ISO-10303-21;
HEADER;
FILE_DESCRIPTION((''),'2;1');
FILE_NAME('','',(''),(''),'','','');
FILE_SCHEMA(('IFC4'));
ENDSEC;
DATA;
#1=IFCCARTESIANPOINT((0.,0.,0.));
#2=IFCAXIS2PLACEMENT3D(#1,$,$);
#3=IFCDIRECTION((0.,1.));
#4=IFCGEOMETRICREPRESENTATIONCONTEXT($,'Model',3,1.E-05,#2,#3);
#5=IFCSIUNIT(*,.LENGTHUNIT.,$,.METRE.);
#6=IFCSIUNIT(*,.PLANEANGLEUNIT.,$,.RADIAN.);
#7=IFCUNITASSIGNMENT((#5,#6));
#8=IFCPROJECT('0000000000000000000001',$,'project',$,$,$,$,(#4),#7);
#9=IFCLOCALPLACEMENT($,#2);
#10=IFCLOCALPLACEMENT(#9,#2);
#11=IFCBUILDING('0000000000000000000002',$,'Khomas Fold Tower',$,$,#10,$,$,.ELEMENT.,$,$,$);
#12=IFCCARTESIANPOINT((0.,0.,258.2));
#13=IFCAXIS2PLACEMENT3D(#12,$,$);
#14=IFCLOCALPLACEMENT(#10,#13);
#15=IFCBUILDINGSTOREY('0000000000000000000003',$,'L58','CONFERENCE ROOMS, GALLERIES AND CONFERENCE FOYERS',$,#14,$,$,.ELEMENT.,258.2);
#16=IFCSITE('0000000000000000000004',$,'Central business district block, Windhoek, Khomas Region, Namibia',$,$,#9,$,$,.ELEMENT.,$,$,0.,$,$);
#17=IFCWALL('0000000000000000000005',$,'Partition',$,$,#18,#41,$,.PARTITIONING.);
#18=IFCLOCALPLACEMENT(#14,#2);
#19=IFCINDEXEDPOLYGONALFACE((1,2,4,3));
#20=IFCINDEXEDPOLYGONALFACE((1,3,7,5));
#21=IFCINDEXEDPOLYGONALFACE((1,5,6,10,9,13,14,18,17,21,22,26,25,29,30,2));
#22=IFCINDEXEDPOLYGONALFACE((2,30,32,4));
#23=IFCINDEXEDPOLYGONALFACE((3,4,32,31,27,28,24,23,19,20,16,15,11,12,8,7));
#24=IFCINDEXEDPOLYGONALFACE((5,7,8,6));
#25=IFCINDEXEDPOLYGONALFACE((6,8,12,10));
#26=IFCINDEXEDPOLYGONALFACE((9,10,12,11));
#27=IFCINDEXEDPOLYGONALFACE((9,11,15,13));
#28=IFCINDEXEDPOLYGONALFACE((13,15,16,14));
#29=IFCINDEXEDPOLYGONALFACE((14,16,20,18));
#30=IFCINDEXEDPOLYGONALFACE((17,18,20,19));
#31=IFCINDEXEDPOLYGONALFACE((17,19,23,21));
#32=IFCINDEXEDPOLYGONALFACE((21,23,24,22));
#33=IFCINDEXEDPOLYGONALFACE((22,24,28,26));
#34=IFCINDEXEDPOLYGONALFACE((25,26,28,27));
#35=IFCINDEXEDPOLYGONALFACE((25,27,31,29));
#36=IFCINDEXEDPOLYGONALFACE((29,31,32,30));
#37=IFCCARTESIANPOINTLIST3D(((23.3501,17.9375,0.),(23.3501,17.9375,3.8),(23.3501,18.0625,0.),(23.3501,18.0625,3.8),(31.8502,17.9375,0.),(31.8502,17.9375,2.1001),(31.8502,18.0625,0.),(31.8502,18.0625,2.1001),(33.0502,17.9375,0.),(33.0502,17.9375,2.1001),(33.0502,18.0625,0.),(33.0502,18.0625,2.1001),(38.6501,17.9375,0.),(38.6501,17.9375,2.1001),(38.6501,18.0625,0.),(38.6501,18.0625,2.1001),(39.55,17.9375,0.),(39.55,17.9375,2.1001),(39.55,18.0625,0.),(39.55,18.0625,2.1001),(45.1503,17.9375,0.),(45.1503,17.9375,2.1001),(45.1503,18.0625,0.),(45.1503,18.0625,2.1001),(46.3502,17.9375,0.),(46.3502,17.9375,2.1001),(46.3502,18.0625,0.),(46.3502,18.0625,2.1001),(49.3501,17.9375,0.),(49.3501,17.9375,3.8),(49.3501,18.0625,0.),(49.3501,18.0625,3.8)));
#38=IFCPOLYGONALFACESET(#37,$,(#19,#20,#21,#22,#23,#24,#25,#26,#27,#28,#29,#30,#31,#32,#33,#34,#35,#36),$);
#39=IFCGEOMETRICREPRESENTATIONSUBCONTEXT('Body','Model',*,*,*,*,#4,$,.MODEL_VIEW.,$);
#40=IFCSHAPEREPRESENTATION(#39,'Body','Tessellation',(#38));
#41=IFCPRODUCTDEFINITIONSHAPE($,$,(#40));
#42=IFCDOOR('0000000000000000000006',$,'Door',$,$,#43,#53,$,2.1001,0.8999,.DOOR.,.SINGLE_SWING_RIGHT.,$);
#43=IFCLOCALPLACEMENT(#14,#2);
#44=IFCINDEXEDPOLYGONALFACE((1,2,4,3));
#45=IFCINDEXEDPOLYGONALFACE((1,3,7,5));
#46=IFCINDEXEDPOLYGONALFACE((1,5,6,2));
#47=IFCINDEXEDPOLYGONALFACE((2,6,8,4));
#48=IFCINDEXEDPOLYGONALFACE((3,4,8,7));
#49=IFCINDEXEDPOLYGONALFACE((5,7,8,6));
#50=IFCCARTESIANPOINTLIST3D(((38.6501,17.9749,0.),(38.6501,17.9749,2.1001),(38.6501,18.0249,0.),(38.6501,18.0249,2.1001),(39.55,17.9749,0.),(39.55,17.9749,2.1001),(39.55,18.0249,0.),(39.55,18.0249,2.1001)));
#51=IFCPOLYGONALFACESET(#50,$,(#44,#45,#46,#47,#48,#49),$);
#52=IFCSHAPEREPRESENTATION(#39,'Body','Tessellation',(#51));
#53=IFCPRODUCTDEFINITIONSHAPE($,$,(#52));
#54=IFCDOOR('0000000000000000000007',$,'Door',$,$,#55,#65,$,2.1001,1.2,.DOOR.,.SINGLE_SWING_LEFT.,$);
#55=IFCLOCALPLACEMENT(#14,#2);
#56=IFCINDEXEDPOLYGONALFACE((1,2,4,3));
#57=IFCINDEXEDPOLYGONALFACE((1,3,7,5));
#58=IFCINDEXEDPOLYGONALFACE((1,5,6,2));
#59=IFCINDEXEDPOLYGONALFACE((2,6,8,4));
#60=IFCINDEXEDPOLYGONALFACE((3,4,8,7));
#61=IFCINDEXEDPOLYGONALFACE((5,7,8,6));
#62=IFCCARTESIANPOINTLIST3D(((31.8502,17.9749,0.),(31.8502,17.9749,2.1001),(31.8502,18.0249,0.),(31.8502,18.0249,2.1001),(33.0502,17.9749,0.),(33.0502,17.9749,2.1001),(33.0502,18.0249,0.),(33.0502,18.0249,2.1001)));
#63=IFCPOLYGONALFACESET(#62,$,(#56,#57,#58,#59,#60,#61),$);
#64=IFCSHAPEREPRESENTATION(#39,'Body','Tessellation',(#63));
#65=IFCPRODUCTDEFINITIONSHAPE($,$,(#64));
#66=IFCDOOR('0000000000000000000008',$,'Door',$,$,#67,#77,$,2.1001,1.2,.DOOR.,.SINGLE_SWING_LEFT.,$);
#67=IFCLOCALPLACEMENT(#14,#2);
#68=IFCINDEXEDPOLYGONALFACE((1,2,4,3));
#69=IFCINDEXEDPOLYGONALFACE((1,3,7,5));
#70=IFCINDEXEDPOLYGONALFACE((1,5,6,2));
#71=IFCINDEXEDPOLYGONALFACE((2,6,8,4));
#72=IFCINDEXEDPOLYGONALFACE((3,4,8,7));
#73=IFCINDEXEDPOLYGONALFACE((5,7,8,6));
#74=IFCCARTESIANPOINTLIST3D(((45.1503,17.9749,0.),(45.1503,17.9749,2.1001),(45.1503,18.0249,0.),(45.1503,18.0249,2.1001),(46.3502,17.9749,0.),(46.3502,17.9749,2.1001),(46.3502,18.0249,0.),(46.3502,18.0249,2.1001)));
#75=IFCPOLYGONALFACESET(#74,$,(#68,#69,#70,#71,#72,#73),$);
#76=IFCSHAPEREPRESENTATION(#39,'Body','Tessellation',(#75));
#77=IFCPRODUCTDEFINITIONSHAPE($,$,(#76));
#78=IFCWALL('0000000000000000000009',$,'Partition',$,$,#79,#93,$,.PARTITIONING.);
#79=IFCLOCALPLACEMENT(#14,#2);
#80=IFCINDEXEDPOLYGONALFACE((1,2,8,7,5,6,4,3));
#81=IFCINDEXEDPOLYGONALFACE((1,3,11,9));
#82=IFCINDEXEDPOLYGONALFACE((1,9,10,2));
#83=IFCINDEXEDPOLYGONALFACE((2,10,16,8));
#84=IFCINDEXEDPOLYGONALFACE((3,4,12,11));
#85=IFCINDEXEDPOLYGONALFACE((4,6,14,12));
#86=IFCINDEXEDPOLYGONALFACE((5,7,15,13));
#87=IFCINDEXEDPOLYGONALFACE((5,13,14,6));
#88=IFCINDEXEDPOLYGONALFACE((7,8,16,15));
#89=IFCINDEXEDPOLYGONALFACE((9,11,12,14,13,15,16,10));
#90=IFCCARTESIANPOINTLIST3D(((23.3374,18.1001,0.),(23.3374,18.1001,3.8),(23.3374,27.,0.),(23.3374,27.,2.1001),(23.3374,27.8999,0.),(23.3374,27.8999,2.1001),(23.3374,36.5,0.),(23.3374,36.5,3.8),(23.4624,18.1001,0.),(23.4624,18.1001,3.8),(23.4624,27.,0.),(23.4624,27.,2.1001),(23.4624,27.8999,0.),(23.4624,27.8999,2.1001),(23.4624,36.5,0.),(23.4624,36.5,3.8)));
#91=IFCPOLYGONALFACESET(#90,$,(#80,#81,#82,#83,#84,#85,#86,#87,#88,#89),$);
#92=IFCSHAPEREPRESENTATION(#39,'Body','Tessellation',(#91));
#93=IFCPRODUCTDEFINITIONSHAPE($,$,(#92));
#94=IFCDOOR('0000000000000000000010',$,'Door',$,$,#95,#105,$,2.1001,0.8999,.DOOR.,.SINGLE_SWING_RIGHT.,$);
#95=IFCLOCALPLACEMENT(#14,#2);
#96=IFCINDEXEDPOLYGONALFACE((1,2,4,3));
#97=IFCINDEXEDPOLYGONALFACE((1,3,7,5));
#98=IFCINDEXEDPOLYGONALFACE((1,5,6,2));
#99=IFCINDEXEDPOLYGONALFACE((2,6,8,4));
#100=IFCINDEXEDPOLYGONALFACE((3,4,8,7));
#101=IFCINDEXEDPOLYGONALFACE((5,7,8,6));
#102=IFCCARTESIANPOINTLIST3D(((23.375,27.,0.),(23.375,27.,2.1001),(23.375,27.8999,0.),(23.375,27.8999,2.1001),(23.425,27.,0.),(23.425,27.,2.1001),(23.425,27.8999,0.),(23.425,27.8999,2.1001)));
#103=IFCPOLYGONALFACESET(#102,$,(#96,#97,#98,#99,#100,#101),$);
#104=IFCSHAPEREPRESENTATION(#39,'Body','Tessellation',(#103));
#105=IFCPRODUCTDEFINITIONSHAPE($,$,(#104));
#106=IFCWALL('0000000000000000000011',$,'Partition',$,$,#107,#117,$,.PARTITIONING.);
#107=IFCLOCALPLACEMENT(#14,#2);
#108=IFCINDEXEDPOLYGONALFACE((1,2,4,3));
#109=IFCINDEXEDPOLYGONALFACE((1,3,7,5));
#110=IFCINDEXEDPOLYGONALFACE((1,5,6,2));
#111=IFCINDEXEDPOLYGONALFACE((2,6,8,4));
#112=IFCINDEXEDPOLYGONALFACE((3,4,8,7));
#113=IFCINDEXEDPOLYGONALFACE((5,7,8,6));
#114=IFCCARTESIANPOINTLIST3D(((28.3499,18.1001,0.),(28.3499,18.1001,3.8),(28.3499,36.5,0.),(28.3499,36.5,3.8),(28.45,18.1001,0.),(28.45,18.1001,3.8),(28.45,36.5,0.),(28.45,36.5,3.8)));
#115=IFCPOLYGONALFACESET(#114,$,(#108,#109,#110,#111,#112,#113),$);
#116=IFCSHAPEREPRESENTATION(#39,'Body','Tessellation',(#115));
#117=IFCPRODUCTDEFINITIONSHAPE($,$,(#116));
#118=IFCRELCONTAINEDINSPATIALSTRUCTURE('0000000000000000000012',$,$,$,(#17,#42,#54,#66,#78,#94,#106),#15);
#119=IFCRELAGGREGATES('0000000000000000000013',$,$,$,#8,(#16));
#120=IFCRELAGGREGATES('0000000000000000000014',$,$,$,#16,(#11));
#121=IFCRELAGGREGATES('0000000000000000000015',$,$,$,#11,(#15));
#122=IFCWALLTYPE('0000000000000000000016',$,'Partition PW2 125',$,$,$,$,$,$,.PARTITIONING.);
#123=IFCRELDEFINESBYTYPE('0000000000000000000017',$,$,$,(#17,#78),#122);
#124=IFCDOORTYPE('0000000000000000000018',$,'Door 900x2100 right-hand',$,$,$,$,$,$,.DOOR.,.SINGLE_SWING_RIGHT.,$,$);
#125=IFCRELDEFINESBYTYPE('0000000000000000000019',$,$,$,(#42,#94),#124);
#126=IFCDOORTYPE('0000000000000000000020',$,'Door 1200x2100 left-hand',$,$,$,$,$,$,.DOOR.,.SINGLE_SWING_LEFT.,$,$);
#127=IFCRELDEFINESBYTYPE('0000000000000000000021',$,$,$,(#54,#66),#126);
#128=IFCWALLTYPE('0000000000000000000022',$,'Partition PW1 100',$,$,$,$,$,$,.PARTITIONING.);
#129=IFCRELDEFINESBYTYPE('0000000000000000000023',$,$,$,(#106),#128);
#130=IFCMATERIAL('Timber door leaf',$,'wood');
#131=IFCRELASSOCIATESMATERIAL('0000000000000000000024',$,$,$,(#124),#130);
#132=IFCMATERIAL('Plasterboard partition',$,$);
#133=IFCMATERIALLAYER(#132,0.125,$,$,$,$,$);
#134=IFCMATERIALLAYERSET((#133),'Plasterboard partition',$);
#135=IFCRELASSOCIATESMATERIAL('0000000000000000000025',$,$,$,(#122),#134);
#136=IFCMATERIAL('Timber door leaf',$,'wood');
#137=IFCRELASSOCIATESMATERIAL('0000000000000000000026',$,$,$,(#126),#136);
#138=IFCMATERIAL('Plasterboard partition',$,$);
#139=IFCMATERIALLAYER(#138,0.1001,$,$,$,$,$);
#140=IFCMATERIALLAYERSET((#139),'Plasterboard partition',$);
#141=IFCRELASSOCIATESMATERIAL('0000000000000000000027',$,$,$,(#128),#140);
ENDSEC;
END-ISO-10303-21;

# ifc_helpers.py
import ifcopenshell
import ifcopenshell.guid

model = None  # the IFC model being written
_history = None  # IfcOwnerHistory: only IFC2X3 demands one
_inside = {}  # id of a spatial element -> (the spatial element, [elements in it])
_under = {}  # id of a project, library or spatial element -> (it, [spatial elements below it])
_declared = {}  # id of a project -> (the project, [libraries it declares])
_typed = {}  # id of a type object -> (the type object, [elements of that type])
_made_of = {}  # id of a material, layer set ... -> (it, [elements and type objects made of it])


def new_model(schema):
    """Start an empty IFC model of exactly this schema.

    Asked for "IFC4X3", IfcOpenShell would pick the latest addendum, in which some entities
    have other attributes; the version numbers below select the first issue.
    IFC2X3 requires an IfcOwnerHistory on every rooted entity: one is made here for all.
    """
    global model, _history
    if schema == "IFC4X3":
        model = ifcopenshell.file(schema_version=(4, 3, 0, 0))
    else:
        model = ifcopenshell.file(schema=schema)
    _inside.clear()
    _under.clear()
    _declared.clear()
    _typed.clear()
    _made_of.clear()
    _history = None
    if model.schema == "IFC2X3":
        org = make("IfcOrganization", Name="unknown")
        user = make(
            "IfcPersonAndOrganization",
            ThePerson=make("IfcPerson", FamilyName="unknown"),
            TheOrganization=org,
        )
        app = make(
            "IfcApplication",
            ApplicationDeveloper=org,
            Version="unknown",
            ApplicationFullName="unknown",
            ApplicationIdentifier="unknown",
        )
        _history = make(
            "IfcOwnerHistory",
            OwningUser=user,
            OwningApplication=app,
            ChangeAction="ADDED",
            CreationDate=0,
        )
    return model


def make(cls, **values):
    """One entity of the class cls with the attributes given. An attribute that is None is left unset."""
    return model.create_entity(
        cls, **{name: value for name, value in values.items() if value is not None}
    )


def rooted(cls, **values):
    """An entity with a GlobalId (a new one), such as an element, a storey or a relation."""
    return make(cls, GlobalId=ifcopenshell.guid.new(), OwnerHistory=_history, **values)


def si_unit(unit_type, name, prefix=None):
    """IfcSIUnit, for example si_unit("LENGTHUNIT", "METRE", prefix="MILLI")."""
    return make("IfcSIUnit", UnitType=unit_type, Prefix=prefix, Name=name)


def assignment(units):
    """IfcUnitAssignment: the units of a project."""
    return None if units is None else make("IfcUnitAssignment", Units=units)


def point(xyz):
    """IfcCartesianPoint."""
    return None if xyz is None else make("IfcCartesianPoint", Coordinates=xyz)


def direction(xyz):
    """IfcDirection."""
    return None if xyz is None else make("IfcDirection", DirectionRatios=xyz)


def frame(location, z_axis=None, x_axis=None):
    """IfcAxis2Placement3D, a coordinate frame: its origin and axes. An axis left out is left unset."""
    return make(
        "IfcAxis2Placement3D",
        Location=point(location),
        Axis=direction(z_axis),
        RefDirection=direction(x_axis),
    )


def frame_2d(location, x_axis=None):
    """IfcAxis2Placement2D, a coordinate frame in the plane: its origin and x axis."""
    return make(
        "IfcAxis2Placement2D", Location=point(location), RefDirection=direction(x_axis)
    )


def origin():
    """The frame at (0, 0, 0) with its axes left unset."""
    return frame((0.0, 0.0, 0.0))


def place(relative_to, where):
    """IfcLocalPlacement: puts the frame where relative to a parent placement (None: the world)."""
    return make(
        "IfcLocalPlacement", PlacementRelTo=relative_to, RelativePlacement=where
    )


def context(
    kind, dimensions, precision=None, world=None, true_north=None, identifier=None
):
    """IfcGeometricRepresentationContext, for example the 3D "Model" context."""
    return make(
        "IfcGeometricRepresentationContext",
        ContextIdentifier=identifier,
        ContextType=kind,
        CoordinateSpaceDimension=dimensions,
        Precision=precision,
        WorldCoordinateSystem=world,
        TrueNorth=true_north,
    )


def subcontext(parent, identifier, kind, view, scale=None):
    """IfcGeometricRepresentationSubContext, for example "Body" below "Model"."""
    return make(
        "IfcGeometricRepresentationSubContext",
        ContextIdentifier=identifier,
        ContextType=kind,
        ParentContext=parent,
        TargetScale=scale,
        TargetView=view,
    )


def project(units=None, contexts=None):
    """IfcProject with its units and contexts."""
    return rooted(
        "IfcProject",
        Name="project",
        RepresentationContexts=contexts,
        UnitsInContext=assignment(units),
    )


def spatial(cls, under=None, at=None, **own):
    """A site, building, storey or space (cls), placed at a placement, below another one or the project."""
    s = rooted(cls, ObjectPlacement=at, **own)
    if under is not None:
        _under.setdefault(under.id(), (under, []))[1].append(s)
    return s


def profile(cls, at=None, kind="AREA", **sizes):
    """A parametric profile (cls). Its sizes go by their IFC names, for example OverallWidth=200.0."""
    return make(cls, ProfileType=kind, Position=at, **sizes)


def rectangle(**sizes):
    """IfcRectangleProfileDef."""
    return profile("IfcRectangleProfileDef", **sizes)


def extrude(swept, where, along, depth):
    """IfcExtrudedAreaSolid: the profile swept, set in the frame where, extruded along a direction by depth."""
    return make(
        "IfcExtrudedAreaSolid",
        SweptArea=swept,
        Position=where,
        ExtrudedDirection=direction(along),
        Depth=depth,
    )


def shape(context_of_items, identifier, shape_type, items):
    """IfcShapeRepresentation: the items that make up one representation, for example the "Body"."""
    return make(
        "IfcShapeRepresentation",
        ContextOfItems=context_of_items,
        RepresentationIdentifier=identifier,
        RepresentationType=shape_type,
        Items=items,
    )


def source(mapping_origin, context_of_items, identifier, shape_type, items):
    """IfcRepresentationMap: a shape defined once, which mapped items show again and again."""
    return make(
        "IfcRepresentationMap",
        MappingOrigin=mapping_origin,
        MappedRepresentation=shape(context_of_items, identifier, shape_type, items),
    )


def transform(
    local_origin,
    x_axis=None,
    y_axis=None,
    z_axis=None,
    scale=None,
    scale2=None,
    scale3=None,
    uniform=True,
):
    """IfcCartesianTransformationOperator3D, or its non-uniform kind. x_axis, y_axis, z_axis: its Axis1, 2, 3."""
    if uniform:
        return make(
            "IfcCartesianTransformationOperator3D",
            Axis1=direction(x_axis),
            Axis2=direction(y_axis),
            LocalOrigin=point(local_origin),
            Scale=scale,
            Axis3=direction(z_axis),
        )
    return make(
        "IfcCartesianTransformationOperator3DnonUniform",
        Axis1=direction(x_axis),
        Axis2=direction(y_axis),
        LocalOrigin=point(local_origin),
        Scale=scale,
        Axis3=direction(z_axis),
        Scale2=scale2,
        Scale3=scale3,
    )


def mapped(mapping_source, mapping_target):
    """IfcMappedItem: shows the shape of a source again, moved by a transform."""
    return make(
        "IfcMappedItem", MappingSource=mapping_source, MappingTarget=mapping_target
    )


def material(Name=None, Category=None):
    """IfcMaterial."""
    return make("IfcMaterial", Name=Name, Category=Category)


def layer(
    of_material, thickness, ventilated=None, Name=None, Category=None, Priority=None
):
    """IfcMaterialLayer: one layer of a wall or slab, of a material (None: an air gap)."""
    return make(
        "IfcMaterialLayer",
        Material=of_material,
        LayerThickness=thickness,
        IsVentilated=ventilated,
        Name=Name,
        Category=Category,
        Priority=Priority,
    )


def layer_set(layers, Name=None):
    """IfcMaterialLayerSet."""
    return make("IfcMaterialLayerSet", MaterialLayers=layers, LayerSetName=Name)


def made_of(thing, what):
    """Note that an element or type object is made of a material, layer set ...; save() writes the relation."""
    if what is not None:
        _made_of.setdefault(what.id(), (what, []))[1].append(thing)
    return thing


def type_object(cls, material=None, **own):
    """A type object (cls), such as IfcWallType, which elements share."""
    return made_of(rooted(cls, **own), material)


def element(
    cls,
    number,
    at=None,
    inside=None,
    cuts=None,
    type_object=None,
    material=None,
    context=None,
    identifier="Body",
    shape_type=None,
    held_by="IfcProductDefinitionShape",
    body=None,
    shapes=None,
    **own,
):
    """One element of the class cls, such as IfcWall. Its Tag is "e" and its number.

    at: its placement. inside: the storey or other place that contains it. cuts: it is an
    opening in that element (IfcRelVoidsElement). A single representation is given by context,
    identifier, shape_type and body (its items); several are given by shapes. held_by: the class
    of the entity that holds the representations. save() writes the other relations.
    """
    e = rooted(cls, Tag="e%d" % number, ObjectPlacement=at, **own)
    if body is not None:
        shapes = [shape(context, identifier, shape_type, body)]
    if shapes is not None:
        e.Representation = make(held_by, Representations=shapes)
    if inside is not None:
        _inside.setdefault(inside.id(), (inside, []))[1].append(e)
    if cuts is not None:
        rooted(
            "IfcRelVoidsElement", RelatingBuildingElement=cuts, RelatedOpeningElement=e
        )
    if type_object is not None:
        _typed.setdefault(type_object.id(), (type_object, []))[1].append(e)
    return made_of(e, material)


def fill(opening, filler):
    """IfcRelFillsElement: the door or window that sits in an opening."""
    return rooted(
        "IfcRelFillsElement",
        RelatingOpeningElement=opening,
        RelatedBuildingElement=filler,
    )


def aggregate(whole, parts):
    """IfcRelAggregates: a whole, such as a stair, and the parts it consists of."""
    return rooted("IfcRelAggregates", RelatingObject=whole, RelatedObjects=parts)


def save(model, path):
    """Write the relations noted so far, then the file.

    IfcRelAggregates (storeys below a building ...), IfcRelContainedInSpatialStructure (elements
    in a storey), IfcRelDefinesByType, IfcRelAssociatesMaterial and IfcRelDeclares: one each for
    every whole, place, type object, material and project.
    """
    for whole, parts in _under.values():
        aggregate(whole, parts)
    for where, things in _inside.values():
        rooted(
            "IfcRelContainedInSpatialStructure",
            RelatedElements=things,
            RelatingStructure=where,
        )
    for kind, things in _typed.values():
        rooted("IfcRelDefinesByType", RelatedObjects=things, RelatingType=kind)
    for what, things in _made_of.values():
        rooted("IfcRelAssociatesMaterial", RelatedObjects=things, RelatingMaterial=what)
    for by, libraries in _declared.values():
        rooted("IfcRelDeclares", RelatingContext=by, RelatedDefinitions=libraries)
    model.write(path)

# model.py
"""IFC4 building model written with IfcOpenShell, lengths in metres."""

from ifc_helpers import new_model, si_unit, direction, frame, frame_2d, origin, place, context, subcontext, project, spatial, rectangle, extrude, source, transform, mapped, material, layer, layer_set, type_object, element, fill, save


model = new_model("IFC4")

# Units and contexts
model_context = context("Model", 3, precision=1e-05, world=origin(), true_north=direction((0.0, 1.0)))
body_context = subcontext(model_context, "Body", "Model", "MODEL_VIEW")
ifc_project = project(units=[si_unit("LENGTHUNIT", "METRE"), si_unit("PLANEANGLEUNIT", "RADIAN")], contexts=[model_context])

# Site, building, storey
site_placement = place(None, origin())
site = spatial("IfcSite", under=ifc_project, at=site_placement, Name="Central business district block, Windhoek, Khomas Region, Namibia", CompositionType="ELEMENT", RefElevation=0.0)
building_placement = place(site_placement, origin())
building = spatial("IfcBuilding", under=site, at=building_placement, Name="Khomas Fold Tower", CompositionType="ELEMENT")
storey_placement = place(building_placement, frame((0.0, 0.0, 258.2)))
storey = spatial("IfcBuildingStorey", under=building, at=storey_placement, Name="L58", Description="CONFERENCE ROOMS, GALLERIES AND CONFERENCE FOYERS", CompositionType="ELEMENT", Elevation=258.2)

# Shared definitions
ifc_material_1 = material(Name="Timber door leaf", Category="wood")
door_type_1 = type_object("IfcDoorType", Name="Door 900x2100 right-hand", OperationType="SINGLE_SWING_RIGHT", PredefinedType="DOOR", material=ifc_material_1)

# Shared definitions
ifc_material_2 = material(Name="Plasterboard partition")
ifc_layer_1 = layer(ifc_material_2, 0.125)
ifc_layer_set_1 = layer_set([ifc_layer_1], Name="Plasterboard partition")
wall_type_1 = type_object("IfcWallType", Name="Partition PW2 125", PredefinedType="PARTITIONING", material=ifc_layer_set_1)
shared_shape_1 = source(origin(), body_context, "Body", "SweptSolid", [
    extrude(rectangle(XDim=26.0, YDim=0.125, at=frame_2d((13.0, 0.0))), origin(), (0.0, 0.0, 1.0), 3.8),
])
shared_shape_2 = source(origin(), body_context, "Body", "SweptSolid", [
    extrude(rectangle(XDim=1.2, YDim=2.1001, at=frame_2d((0.6001, 1.05))), frame((0.0, 0.0725, 0.0), z_axis=(0.0, -1.0, 0.0), x_axis=(1.0, 0.0, 0.0)), (0.0, 0.0, 1.0), 0.145),
])
shared_shape_3 = source(origin(), body_context, "Body", "SweptSolid", [
    extrude(rectangle(XDim=1.2, YDim=2.1001, at=frame_2d((0.6001, 1.05))), frame((0.0, 0.0249, 0.0), z_axis=(0.0, -1.0, 0.0), x_axis=(1.0, 0.0, 0.0)), (0.0, 0.0, 1.0), 0.05),
])

# Wall, openings, doors
wall_1_placement = place(storey_placement, frame((23.3501, 18.0, 0.0), z_axis=(0.0, 0.0, 1.0), x_axis=(1.0, 0.0, 0.0)))
wall_1 = element("IfcWall", 1, at=wall_1_placement, inside=storey, type_object=wall_type_1, Name="Partition", PredefinedType="PARTITIONING", context=body_context, shape_type="MappedRepresentation", body=[
    mapped(shared_shape_1, transform((0.0, 0.0, 0.0))),
])
opening_1_placement = place(wall_1_placement, frame((8.5, 0.0, 0.0)))
opening_1 = element("IfcOpeningElement", 2, at=opening_1_placement, cuts=wall_1, PredefinedType="OPENING", context=body_context, shape_type="MappedRepresentation", body=[
    mapped(shared_shape_2, transform((0.0, 0.0, 0.0))),
])
shared_shape_4 = source(origin(), body_context, "Body", "SweptSolid", [
    extrude(rectangle(XDim=0.8999, YDim=2.1001, at=frame_2d((0.45, 1.05))), frame((0.0, 0.0725, 0.0), z_axis=(0.0, -1.0, 0.0), x_axis=(1.0, 0.0, 0.0)), (0.0, 0.0, 1.0), 0.145),
])
opening_2_placement = place(wall_1_placement, frame((15.3, 0.0, 0.0)))
opening_2 = element("IfcOpeningElement", 3, at=opening_2_placement, cuts=wall_1, PredefinedType="OPENING", context=body_context, shape_type="MappedRepresentation", body=[
    mapped(shared_shape_4, transform((0.0, 0.0, 0.0))),
])
opening_3_placement = place(wall_1_placement, frame((21.8, 0.0, 0.0)))
opening_3 = element("IfcOpeningElement", 4, at=opening_3_placement, cuts=wall_1, PredefinedType="OPENING", context=body_context, shape_type="MappedRepresentation", body=[
    mapped(shared_shape_2, transform((0.0, 0.0, 0.0))),
])
shared_shape_5 = source(origin(), body_context, "Body", "SweptSolid", [
    extrude(rectangle(XDim=0.8999, YDim=2.1001, at=frame_2d((0.45, 1.05))), frame((0.0, 0.0249, 0.0), z_axis=(0.0, -1.0, 0.0), x_axis=(1.0, 0.0, 0.0)), (0.0, 0.0, 1.0), 0.05),
])
door_1_placement = place(opening_2_placement, origin())
door_1 = element("IfcDoor", 5, at=door_1_placement, inside=storey, type_object=door_type_1, Name="Door", OperationType="SINGLE_SWING_RIGHT", OverallHeight=2.1001, OverallWidth=0.8999, PredefinedType="DOOR", context=body_context, shape_type="MappedRepresentation", body=[
    mapped(shared_shape_5, transform((0.0, 0.0, 0.0))),
])
fill(opening_2, door_1)
ifc_material_3 = material(Name="Timber door leaf", Category="wood")
door_type_2 = type_object("IfcDoorType", Name="Door 1200x2100 left-hand", OperationType="SINGLE_SWING_LEFT", PredefinedType="DOOR", material=ifc_material_3)
door_2_placement = place(opening_1_placement, origin())
door_2 = element("IfcDoor", 6, at=door_2_placement, inside=storey, type_object=door_type_2, Name="Door", OperationType="SINGLE_SWING_LEFT", OverallHeight=2.1001, OverallWidth=1.2, PredefinedType="DOOR", context=body_context, shape_type="MappedRepresentation", body=[
    mapped(shared_shape_3, transform((0.0, 0.0, 0.0))),
])
fill(opening_1, door_2)
door_3_placement = place(opening_3_placement, origin())
door_3 = element("IfcDoor", 7, at=door_3_placement, inside=storey, type_object=door_type_2, Name="Door", OperationType="SINGLE_SWING_LEFT", OverallHeight=2.1001, OverallWidth=1.2, PredefinedType="DOOR", context=body_context, shape_type="MappedRepresentation", body=[
    mapped(shared_shape_3, transform((0.0, 0.0, 0.0))),
])
fill(opening_3, door_3)

# Wall, opening, door
shared_shape_6 = source(origin(), body_context, "Body", "SweptSolid", [
    extrude(rectangle(XDim=18.3999, YDim=0.125, at=frame_2d((9.2, 0.0))), origin(), (0.0, 0.0, 1.0), 3.8),
])
wall_2_placement = place(storey_placement, frame((23.3999, 18.1001, 0.0), z_axis=(0.0, 0.0, 1.0), x_axis=(0.0, 1.0, 0.0)))
wall_2 = element("IfcWall", 8, at=wall_2_placement, inside=storey, type_object=wall_type_1, Name="Partition", PredefinedType="PARTITIONING", context=body_context, shape_type="MappedRepresentation", body=[
    mapped(shared_shape_6, transform((0.0, 0.0, 0.0))),
])
opening_4_placement = place(wall_2_placement, frame((8.8999, 0.0, 0.0)))
opening_4 = element("IfcOpeningElement", 9, at=opening_4_placement, cuts=wall_2, PredefinedType="OPENING", context=body_context, shape_type="MappedRepresentation", body=[
    mapped(shared_shape_4, transform((0.0, 0.0, 0.0))),
])
door_4_placement = place(opening_4_placement, origin())
door_4 = element("IfcDoor", 10, at=door_4_placement, inside=storey, type_object=door_type_1, Name="Door", OperationType="SINGLE_SWING_RIGHT", OverallHeight=2.1001, OverallWidth=0.8999, PredefinedType="DOOR", context=body_context, shape_type="MappedRepresentation", body=[
    mapped(shared_shape_5, transform((0.0, 0.0, 0.0))),
])
fill(opening_4, door_4)

# Wall
ifc_material_4 = material(Name="Plasterboard partition")
ifc_layer_2 = layer(ifc_material_4, 0.1001)
ifc_layer_set_2 = layer_set([ifc_layer_2], Name="Plasterboard partition")
wall_type_2 = type_object("IfcWallType", Name="Partition PW1 100", PredefinedType="PARTITIONING", material=ifc_layer_set_2)
shared_shape_7 = source(origin(), body_context, "Body", "SweptSolid", [
    extrude(rectangle(XDim=18.3999, YDim=0.1001, at=frame_2d((9.2, 0.0))), origin(), (0.0, 0.0, 1.0), 3.8),
])
wall_3_placement = place(storey_placement, frame((28.3999, 18.1001, 0.0), z_axis=(0.0, 0.0, 1.0), x_axis=(0.0, 1.0, 0.0)))
element("IfcWall", 11, at=wall_3_placement, inside=storey, type_object=wall_type_2, Name="Partition", PredefinedType="PARTITIONING", context=body_context, shape_type="MappedRepresentation", body=[
    mapped(shared_shape_7, transform((0.0, 0.0, 0.0))),
])

save(model, "model.ifc")
